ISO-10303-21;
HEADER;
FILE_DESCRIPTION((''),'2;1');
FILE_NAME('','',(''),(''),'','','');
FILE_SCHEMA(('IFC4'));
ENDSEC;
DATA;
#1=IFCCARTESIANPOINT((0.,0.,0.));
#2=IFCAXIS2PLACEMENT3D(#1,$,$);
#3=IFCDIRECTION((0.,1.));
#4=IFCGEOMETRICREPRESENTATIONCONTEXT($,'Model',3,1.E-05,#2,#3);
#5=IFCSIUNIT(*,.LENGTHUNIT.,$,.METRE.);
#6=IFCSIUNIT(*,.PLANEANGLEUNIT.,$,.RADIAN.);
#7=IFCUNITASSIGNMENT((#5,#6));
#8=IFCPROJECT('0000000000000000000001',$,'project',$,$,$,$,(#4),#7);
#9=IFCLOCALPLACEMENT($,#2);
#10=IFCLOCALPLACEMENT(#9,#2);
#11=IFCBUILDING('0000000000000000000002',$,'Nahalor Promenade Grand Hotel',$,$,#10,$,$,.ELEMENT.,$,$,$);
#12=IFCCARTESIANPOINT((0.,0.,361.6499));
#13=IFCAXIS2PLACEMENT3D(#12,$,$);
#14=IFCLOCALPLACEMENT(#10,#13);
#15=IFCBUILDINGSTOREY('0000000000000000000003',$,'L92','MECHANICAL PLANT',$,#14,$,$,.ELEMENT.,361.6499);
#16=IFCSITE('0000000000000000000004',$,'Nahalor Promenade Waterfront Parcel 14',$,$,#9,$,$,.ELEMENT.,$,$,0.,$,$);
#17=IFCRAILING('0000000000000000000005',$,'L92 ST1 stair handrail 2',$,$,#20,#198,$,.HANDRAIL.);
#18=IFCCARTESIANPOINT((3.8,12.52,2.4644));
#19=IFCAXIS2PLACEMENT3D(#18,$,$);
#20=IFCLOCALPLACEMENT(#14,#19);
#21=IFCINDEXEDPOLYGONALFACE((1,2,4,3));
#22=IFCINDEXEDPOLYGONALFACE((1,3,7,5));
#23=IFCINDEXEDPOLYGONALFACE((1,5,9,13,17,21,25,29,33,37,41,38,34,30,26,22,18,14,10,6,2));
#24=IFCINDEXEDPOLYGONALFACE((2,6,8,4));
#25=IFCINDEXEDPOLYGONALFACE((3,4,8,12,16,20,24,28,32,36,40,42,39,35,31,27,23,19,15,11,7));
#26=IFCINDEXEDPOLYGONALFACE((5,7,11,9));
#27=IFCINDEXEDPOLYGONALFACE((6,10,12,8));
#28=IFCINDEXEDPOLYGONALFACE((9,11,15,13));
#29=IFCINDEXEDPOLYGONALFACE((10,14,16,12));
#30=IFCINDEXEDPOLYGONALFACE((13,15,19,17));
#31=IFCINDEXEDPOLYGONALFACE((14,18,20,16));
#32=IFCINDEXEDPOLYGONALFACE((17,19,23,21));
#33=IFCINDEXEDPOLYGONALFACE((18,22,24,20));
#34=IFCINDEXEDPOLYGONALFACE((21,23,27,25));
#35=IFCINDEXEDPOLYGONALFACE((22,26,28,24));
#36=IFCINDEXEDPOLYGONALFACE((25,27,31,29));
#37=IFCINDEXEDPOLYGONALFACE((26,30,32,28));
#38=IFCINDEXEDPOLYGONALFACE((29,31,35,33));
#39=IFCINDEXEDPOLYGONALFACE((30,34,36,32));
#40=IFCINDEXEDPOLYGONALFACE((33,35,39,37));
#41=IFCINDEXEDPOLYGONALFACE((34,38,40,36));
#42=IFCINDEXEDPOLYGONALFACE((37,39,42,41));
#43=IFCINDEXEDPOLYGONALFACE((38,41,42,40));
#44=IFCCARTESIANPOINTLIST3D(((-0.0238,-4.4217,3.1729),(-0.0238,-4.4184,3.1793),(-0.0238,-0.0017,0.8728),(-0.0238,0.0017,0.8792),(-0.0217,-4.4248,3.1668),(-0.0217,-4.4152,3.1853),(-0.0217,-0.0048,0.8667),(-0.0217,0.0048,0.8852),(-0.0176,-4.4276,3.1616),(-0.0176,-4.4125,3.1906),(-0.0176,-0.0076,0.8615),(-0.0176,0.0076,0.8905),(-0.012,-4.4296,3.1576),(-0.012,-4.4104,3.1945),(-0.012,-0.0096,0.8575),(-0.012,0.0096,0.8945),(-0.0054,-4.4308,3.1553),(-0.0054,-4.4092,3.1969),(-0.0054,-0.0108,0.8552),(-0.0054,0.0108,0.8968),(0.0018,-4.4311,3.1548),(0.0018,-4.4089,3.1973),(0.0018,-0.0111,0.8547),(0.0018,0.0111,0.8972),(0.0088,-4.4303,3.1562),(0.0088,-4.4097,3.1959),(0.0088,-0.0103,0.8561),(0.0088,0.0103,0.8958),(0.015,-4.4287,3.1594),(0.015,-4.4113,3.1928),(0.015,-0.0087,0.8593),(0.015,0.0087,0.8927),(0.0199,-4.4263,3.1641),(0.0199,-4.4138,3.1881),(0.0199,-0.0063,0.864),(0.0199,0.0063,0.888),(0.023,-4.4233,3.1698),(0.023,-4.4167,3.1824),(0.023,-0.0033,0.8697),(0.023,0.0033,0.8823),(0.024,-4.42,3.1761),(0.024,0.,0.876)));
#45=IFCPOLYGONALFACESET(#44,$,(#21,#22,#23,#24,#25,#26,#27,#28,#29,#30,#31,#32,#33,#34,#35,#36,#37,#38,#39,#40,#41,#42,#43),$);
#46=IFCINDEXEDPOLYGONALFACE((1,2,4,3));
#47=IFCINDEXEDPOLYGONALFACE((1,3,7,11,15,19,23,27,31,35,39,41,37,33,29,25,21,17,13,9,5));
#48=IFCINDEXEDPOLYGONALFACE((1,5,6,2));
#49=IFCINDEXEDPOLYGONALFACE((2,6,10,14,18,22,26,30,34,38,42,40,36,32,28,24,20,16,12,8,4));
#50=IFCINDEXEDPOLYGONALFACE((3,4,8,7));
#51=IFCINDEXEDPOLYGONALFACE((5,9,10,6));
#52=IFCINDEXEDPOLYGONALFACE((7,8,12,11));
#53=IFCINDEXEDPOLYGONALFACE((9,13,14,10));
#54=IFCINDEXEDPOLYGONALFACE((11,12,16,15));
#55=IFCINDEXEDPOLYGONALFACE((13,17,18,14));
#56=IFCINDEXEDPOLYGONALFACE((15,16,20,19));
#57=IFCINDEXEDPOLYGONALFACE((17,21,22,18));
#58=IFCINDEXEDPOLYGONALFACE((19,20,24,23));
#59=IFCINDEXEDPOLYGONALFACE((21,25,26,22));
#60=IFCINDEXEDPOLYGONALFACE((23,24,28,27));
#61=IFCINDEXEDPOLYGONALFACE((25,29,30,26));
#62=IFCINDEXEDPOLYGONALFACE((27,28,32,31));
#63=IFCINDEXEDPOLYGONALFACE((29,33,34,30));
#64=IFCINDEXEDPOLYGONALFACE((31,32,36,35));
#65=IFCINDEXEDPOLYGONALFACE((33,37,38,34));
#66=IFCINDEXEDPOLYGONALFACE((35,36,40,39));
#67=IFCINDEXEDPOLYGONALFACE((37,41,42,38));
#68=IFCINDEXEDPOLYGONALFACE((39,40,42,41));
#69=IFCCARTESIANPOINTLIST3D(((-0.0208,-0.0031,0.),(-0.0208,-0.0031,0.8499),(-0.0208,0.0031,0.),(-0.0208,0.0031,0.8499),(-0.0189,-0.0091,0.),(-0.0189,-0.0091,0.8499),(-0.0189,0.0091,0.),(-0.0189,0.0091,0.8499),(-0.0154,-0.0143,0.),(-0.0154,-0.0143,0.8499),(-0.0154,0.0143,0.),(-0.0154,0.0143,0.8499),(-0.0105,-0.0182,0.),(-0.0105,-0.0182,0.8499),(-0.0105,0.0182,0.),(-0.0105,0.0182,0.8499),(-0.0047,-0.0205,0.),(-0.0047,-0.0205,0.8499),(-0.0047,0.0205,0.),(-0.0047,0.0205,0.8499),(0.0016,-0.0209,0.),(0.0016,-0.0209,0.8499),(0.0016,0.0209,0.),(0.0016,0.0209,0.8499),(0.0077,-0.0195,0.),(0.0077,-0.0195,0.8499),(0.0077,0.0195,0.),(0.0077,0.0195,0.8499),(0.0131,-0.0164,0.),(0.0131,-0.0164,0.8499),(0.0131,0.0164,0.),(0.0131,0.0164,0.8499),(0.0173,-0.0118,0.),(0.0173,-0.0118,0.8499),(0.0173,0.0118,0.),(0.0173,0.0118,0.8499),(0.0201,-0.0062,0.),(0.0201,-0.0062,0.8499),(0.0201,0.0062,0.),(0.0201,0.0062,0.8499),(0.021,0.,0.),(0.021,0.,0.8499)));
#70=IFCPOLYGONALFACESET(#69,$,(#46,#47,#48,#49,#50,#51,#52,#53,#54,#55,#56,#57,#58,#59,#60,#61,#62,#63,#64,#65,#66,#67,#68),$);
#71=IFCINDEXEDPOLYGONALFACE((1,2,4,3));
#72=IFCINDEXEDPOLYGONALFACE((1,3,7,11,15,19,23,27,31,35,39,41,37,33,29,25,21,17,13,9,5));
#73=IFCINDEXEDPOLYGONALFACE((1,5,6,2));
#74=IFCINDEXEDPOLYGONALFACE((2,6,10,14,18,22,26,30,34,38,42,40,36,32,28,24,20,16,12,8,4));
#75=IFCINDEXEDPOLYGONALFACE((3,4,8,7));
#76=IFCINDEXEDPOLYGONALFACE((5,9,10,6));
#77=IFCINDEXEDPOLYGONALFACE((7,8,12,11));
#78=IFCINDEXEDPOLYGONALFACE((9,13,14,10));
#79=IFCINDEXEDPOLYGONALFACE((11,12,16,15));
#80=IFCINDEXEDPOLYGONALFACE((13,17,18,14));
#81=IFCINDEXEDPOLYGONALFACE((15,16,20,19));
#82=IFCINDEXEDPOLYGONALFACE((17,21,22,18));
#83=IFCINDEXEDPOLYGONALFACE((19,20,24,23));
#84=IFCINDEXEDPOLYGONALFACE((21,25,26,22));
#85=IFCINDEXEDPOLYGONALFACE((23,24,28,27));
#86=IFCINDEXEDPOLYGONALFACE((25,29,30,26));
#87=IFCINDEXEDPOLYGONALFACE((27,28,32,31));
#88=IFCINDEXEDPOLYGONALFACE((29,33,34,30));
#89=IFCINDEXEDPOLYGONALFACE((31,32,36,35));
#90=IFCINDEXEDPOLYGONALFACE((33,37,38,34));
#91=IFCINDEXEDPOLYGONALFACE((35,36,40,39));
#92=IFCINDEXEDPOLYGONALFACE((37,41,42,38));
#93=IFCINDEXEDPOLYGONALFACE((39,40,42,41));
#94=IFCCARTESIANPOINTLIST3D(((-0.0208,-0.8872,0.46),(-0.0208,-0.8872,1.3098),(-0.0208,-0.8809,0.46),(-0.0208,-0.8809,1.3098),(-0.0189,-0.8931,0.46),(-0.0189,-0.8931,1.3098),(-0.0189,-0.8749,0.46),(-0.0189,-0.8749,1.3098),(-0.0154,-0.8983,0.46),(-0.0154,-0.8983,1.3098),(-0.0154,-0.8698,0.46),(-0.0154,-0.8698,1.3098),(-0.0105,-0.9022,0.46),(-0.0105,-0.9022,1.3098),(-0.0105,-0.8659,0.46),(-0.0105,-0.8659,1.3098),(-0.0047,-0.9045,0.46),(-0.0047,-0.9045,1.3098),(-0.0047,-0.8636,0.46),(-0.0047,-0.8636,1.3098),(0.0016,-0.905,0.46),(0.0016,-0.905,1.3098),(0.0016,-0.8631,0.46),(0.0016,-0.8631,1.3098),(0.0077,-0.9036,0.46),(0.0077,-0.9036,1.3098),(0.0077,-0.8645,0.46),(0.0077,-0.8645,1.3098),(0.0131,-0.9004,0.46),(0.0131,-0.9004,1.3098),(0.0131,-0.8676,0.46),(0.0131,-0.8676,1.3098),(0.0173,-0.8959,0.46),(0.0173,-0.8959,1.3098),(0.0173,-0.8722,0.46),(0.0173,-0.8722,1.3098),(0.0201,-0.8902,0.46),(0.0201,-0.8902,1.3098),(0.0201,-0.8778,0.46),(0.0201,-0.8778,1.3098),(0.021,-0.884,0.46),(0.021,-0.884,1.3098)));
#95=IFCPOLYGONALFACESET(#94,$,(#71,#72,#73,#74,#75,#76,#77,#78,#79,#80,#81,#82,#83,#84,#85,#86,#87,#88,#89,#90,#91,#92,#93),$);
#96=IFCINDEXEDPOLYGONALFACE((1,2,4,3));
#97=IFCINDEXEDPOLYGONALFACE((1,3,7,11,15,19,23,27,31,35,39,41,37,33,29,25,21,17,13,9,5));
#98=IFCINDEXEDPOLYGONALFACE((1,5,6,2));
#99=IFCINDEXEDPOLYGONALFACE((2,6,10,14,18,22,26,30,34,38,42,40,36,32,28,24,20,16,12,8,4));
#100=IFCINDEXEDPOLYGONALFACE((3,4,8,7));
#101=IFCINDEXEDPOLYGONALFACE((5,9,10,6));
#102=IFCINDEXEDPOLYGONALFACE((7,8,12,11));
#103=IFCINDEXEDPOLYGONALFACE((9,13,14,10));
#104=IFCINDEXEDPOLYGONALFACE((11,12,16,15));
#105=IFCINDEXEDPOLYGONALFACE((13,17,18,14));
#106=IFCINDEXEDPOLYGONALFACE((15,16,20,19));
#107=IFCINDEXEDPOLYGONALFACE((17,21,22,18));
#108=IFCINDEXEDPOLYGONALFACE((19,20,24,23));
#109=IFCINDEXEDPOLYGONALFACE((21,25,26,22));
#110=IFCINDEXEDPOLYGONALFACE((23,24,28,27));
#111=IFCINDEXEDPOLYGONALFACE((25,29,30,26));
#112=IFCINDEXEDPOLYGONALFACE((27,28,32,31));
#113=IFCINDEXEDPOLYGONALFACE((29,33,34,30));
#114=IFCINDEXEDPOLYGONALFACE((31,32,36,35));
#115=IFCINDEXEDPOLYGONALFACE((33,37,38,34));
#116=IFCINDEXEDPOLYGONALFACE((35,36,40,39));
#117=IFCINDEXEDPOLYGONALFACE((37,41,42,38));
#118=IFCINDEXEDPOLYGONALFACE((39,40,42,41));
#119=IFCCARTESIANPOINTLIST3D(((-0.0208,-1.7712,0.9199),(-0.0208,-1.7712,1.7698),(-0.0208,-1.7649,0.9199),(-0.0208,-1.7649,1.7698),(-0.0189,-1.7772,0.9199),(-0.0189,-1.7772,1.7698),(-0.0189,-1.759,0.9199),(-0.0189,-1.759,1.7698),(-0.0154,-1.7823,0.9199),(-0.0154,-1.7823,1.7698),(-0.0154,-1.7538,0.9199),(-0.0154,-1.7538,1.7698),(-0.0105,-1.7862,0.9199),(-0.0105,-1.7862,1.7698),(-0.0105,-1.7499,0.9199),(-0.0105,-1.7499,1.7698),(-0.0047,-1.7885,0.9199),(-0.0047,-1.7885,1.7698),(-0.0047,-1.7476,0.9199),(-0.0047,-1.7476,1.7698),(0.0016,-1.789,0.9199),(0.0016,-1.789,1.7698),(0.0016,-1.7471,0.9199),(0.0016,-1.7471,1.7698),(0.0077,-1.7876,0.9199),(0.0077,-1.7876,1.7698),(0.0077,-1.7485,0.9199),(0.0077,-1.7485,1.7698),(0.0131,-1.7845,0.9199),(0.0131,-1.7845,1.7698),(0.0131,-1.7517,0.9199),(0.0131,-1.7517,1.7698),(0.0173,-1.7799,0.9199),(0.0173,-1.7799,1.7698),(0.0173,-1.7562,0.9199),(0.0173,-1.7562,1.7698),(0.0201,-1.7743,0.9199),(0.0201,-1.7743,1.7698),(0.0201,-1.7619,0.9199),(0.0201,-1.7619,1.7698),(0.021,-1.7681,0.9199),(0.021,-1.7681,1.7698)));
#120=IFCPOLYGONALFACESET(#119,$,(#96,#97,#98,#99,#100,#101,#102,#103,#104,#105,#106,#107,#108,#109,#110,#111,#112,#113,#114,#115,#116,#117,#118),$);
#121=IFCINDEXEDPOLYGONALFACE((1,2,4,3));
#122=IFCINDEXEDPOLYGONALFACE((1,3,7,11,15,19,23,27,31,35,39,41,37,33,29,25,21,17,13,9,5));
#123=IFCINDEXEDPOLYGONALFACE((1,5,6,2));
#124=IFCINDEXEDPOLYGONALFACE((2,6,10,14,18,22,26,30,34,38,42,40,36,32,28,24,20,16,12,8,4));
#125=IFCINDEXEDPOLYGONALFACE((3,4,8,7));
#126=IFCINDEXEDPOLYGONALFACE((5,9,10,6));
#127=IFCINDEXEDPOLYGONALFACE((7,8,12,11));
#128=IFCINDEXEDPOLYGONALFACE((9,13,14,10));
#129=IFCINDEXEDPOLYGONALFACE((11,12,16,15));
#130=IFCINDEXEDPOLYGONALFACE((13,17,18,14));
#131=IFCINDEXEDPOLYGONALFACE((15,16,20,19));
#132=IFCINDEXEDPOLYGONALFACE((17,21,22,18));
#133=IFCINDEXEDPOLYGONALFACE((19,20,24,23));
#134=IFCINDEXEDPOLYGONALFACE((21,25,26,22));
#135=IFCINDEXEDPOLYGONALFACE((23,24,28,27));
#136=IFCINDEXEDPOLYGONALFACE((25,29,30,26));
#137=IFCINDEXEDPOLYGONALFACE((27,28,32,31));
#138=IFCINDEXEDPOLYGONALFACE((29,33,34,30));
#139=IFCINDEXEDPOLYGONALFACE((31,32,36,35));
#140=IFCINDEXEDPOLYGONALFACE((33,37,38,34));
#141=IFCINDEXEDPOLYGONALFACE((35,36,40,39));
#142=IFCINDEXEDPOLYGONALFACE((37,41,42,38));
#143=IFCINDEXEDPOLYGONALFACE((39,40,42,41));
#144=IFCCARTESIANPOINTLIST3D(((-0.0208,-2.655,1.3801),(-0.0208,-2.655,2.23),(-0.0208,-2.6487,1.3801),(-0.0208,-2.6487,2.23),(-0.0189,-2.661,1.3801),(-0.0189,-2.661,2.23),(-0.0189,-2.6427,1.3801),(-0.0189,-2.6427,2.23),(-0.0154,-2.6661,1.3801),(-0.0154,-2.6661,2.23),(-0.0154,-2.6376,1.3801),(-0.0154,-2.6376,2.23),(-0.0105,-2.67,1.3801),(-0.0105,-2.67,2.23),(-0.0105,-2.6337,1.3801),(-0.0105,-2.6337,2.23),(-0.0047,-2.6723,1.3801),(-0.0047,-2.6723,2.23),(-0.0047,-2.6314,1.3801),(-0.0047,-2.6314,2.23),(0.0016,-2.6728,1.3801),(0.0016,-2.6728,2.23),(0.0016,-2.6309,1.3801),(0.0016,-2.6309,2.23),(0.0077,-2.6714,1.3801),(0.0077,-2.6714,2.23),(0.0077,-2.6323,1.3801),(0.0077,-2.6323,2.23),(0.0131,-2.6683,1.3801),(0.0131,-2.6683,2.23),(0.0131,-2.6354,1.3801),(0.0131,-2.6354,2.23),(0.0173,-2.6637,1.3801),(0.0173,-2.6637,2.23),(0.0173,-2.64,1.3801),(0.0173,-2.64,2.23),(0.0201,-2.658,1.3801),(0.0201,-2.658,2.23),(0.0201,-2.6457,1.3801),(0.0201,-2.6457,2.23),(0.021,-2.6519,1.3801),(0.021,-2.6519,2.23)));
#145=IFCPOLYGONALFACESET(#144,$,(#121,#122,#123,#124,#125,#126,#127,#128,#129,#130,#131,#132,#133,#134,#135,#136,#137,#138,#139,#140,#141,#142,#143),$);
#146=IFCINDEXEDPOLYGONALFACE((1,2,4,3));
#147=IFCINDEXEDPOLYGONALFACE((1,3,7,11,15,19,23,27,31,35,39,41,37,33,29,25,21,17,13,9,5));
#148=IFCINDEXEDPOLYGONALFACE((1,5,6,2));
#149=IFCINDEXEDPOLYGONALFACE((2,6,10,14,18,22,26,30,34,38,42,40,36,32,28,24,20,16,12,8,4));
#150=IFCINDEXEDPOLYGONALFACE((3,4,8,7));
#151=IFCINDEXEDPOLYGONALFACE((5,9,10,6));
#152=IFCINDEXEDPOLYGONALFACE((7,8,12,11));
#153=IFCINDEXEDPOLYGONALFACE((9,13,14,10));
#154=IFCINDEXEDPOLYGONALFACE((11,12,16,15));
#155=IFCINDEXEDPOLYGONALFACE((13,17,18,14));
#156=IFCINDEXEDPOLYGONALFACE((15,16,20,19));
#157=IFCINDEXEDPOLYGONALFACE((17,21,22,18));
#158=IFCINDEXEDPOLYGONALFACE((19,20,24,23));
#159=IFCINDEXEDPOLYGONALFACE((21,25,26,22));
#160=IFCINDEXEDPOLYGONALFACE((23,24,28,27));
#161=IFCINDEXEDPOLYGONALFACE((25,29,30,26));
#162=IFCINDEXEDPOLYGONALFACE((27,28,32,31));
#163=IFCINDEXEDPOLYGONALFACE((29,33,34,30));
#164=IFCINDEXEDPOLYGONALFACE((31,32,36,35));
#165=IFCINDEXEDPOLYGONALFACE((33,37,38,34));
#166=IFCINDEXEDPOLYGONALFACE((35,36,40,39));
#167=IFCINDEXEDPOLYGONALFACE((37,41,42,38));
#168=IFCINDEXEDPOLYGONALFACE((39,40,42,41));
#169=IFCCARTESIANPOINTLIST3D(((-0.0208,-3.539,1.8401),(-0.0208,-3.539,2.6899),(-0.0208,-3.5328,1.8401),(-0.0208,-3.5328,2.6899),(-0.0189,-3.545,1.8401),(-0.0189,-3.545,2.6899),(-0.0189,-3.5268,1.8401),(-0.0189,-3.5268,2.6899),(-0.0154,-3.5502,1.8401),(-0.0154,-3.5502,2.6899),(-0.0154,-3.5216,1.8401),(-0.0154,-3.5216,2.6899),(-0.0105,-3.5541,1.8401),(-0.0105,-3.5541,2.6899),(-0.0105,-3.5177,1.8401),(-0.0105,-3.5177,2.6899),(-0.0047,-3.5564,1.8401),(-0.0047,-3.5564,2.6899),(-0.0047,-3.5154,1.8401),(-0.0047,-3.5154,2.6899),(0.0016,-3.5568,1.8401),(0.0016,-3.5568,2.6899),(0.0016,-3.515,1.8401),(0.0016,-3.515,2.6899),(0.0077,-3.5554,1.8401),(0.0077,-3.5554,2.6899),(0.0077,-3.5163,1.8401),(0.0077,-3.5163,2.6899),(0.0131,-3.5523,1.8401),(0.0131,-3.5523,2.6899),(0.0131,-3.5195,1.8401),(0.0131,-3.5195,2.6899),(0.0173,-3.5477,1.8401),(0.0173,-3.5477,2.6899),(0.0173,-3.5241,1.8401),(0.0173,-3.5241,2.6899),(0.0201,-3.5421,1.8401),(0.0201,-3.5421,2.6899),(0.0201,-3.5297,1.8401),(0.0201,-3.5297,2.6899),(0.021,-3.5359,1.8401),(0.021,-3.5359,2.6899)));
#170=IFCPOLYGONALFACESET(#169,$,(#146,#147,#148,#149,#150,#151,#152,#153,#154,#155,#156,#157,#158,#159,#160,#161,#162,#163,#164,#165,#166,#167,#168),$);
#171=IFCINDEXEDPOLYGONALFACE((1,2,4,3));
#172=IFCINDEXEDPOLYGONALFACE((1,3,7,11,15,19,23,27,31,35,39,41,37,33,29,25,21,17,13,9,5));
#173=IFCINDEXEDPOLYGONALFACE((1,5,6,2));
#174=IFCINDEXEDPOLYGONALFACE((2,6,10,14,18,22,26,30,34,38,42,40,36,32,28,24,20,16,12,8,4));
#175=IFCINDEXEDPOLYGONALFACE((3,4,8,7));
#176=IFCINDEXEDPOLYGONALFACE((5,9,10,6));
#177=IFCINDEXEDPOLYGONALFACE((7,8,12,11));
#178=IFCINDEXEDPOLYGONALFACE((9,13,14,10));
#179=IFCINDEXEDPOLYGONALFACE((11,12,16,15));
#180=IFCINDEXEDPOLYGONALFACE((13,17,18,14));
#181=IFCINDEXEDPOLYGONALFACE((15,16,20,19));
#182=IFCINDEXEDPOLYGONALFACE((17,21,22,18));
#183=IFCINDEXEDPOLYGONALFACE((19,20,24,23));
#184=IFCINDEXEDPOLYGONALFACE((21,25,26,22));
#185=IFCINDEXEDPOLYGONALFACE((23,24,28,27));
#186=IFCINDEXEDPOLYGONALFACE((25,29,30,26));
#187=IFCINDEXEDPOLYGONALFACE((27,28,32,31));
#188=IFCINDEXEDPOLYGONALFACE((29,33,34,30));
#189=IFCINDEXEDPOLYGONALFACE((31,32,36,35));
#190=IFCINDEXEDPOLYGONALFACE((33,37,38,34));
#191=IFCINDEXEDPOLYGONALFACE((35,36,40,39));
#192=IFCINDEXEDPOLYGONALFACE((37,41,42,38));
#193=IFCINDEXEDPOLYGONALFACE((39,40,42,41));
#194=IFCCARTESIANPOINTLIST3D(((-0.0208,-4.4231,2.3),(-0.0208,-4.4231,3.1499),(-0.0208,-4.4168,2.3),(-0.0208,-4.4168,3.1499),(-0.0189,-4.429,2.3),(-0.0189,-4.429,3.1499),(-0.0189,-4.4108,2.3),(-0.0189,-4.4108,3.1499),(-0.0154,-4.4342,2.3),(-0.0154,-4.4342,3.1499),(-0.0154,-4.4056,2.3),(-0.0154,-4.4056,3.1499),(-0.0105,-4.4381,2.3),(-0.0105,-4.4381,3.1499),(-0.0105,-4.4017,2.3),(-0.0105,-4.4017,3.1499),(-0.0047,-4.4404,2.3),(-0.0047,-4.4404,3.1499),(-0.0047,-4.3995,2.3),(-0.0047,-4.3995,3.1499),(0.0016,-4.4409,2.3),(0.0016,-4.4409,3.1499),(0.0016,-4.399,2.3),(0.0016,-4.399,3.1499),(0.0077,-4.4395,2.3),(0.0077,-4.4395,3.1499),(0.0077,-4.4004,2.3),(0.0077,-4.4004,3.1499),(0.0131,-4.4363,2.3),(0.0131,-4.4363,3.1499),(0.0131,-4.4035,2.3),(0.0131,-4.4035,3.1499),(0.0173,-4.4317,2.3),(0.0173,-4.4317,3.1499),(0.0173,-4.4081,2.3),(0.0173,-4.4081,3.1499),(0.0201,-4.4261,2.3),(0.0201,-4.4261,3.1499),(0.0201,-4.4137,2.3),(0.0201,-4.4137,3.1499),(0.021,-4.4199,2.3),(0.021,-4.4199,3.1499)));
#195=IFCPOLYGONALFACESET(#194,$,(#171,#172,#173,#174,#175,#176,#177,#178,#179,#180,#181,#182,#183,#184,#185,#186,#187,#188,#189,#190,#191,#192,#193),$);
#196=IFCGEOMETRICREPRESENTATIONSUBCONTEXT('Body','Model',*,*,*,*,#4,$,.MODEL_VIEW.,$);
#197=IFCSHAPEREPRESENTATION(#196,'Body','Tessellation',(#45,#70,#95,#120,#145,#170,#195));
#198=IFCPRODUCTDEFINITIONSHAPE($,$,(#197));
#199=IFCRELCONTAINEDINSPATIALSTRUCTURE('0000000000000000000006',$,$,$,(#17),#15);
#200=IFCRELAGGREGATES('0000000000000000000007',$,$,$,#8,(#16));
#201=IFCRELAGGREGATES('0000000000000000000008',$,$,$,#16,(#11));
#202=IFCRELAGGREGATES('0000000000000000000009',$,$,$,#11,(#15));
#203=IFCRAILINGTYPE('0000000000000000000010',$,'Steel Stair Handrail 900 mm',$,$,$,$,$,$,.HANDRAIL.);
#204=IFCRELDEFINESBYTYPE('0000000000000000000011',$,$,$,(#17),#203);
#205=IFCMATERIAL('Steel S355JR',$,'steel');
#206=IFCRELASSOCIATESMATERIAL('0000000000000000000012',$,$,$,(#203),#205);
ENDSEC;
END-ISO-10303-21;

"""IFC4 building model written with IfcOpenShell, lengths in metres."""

from ifc_helpers import new_model, si_unit, direction, frame, origin, origin_2d, place, context, subcontext, project, spatial, circle, extrude, material, type_object, element, save


model = new_model("IFC4")

# Units and contexts
model_context = context("Model", 3, precision=1e-05, world=origin(), true_north=direction((0.0, 1.0)))
body_context = subcontext(model_context, "Body", "Model", "MODEL_VIEW")
ifc_project = project(units=[si_unit("LENGTHUNIT", "METRE"), si_unit("PLANEANGLEUNIT", "RADIAN")], contexts=[model_context])

# Site, building, storey
site_placement = place(None, origin())
site = spatial("IfcSite", under=ifc_project, at=site_placement, Name="Nahalor Promenade Waterfront Parcel 14", CompositionType="ELEMENT", RefElevation=0.0)
building_placement = place(site_placement, origin())
building = spatial("IfcBuilding", under=site, at=building_placement, Name="Nahalor Promenade Grand Hotel", CompositionType="ELEMENT")
storey_placement = place(building_placement, frame((0.0, 0.0, 361.6499)))
storey = spatial("IfcBuildingStorey", under=building, at=storey_placement, Name="L92", Description="MECHANICAL PLANT", CompositionType="ELEMENT", Elevation=361.6499)

# Shared definitions
ifc_material_1 = material(Name="Steel S355JR", Category="steel")

# Railing
railing_type_1 = type_object("IfcRailingType", Name="Steel Stair Handrail 900 mm", PredefinedType="HANDRAIL", material=ifc_material_1)
railing_1_placement = place(storey_placement, frame((3.8, 12.52, 2.4644)))
element("IfcRailing", 1, at=railing_1_placement, inside=storey, type_object=railing_type_1, Name="L92 ST1 stair handrail 2", PredefinedType="HANDRAIL", context=body_context, shape_type="SweptSolid", body=[
    extrude(circle(Radius=0.024, at=origin_2d()), frame((0.0, 0.0, 0.876), z_axis=(0.0, -0.887078, 0.46162), x_axis=(1.0, 0.0, 0.0)), (0.0, 0.0, 1.0), 4.9827),
    extrude(circle(Radius=0.021, at=origin_2d()), origin(), (0.0, 0.0, 1.0), 0.8499),
    extrude(circle(Radius=0.021, at=origin_2d()), frame((0.0, -0.884, 0.46)), (0.0, 0.0, 1.0), 0.8499),
    extrude(circle(Radius=0.021, at=origin_2d()), frame((0.0, -1.7681, 0.9199)), (0.0, 0.0, 1.0), 0.8499),
    extrude(circle(Radius=0.021, at=origin_2d()), frame((0.0, -2.6519, 1.3801)), (0.0, 0.0, 1.0), 0.8499),
    extrude(circle(Radius=0.021, at=origin_2d()), frame((0.0, -3.5359, 1.8401)), (0.0, 0.0, 1.0), 0.8499),
    extrude(circle(Radius=0.021, at=origin_2d()), frame((0.0, -4.4199, 2.3)), (0.0, 0.0, 1.0), 0.8499),
])

save(model, "model.ifc")
